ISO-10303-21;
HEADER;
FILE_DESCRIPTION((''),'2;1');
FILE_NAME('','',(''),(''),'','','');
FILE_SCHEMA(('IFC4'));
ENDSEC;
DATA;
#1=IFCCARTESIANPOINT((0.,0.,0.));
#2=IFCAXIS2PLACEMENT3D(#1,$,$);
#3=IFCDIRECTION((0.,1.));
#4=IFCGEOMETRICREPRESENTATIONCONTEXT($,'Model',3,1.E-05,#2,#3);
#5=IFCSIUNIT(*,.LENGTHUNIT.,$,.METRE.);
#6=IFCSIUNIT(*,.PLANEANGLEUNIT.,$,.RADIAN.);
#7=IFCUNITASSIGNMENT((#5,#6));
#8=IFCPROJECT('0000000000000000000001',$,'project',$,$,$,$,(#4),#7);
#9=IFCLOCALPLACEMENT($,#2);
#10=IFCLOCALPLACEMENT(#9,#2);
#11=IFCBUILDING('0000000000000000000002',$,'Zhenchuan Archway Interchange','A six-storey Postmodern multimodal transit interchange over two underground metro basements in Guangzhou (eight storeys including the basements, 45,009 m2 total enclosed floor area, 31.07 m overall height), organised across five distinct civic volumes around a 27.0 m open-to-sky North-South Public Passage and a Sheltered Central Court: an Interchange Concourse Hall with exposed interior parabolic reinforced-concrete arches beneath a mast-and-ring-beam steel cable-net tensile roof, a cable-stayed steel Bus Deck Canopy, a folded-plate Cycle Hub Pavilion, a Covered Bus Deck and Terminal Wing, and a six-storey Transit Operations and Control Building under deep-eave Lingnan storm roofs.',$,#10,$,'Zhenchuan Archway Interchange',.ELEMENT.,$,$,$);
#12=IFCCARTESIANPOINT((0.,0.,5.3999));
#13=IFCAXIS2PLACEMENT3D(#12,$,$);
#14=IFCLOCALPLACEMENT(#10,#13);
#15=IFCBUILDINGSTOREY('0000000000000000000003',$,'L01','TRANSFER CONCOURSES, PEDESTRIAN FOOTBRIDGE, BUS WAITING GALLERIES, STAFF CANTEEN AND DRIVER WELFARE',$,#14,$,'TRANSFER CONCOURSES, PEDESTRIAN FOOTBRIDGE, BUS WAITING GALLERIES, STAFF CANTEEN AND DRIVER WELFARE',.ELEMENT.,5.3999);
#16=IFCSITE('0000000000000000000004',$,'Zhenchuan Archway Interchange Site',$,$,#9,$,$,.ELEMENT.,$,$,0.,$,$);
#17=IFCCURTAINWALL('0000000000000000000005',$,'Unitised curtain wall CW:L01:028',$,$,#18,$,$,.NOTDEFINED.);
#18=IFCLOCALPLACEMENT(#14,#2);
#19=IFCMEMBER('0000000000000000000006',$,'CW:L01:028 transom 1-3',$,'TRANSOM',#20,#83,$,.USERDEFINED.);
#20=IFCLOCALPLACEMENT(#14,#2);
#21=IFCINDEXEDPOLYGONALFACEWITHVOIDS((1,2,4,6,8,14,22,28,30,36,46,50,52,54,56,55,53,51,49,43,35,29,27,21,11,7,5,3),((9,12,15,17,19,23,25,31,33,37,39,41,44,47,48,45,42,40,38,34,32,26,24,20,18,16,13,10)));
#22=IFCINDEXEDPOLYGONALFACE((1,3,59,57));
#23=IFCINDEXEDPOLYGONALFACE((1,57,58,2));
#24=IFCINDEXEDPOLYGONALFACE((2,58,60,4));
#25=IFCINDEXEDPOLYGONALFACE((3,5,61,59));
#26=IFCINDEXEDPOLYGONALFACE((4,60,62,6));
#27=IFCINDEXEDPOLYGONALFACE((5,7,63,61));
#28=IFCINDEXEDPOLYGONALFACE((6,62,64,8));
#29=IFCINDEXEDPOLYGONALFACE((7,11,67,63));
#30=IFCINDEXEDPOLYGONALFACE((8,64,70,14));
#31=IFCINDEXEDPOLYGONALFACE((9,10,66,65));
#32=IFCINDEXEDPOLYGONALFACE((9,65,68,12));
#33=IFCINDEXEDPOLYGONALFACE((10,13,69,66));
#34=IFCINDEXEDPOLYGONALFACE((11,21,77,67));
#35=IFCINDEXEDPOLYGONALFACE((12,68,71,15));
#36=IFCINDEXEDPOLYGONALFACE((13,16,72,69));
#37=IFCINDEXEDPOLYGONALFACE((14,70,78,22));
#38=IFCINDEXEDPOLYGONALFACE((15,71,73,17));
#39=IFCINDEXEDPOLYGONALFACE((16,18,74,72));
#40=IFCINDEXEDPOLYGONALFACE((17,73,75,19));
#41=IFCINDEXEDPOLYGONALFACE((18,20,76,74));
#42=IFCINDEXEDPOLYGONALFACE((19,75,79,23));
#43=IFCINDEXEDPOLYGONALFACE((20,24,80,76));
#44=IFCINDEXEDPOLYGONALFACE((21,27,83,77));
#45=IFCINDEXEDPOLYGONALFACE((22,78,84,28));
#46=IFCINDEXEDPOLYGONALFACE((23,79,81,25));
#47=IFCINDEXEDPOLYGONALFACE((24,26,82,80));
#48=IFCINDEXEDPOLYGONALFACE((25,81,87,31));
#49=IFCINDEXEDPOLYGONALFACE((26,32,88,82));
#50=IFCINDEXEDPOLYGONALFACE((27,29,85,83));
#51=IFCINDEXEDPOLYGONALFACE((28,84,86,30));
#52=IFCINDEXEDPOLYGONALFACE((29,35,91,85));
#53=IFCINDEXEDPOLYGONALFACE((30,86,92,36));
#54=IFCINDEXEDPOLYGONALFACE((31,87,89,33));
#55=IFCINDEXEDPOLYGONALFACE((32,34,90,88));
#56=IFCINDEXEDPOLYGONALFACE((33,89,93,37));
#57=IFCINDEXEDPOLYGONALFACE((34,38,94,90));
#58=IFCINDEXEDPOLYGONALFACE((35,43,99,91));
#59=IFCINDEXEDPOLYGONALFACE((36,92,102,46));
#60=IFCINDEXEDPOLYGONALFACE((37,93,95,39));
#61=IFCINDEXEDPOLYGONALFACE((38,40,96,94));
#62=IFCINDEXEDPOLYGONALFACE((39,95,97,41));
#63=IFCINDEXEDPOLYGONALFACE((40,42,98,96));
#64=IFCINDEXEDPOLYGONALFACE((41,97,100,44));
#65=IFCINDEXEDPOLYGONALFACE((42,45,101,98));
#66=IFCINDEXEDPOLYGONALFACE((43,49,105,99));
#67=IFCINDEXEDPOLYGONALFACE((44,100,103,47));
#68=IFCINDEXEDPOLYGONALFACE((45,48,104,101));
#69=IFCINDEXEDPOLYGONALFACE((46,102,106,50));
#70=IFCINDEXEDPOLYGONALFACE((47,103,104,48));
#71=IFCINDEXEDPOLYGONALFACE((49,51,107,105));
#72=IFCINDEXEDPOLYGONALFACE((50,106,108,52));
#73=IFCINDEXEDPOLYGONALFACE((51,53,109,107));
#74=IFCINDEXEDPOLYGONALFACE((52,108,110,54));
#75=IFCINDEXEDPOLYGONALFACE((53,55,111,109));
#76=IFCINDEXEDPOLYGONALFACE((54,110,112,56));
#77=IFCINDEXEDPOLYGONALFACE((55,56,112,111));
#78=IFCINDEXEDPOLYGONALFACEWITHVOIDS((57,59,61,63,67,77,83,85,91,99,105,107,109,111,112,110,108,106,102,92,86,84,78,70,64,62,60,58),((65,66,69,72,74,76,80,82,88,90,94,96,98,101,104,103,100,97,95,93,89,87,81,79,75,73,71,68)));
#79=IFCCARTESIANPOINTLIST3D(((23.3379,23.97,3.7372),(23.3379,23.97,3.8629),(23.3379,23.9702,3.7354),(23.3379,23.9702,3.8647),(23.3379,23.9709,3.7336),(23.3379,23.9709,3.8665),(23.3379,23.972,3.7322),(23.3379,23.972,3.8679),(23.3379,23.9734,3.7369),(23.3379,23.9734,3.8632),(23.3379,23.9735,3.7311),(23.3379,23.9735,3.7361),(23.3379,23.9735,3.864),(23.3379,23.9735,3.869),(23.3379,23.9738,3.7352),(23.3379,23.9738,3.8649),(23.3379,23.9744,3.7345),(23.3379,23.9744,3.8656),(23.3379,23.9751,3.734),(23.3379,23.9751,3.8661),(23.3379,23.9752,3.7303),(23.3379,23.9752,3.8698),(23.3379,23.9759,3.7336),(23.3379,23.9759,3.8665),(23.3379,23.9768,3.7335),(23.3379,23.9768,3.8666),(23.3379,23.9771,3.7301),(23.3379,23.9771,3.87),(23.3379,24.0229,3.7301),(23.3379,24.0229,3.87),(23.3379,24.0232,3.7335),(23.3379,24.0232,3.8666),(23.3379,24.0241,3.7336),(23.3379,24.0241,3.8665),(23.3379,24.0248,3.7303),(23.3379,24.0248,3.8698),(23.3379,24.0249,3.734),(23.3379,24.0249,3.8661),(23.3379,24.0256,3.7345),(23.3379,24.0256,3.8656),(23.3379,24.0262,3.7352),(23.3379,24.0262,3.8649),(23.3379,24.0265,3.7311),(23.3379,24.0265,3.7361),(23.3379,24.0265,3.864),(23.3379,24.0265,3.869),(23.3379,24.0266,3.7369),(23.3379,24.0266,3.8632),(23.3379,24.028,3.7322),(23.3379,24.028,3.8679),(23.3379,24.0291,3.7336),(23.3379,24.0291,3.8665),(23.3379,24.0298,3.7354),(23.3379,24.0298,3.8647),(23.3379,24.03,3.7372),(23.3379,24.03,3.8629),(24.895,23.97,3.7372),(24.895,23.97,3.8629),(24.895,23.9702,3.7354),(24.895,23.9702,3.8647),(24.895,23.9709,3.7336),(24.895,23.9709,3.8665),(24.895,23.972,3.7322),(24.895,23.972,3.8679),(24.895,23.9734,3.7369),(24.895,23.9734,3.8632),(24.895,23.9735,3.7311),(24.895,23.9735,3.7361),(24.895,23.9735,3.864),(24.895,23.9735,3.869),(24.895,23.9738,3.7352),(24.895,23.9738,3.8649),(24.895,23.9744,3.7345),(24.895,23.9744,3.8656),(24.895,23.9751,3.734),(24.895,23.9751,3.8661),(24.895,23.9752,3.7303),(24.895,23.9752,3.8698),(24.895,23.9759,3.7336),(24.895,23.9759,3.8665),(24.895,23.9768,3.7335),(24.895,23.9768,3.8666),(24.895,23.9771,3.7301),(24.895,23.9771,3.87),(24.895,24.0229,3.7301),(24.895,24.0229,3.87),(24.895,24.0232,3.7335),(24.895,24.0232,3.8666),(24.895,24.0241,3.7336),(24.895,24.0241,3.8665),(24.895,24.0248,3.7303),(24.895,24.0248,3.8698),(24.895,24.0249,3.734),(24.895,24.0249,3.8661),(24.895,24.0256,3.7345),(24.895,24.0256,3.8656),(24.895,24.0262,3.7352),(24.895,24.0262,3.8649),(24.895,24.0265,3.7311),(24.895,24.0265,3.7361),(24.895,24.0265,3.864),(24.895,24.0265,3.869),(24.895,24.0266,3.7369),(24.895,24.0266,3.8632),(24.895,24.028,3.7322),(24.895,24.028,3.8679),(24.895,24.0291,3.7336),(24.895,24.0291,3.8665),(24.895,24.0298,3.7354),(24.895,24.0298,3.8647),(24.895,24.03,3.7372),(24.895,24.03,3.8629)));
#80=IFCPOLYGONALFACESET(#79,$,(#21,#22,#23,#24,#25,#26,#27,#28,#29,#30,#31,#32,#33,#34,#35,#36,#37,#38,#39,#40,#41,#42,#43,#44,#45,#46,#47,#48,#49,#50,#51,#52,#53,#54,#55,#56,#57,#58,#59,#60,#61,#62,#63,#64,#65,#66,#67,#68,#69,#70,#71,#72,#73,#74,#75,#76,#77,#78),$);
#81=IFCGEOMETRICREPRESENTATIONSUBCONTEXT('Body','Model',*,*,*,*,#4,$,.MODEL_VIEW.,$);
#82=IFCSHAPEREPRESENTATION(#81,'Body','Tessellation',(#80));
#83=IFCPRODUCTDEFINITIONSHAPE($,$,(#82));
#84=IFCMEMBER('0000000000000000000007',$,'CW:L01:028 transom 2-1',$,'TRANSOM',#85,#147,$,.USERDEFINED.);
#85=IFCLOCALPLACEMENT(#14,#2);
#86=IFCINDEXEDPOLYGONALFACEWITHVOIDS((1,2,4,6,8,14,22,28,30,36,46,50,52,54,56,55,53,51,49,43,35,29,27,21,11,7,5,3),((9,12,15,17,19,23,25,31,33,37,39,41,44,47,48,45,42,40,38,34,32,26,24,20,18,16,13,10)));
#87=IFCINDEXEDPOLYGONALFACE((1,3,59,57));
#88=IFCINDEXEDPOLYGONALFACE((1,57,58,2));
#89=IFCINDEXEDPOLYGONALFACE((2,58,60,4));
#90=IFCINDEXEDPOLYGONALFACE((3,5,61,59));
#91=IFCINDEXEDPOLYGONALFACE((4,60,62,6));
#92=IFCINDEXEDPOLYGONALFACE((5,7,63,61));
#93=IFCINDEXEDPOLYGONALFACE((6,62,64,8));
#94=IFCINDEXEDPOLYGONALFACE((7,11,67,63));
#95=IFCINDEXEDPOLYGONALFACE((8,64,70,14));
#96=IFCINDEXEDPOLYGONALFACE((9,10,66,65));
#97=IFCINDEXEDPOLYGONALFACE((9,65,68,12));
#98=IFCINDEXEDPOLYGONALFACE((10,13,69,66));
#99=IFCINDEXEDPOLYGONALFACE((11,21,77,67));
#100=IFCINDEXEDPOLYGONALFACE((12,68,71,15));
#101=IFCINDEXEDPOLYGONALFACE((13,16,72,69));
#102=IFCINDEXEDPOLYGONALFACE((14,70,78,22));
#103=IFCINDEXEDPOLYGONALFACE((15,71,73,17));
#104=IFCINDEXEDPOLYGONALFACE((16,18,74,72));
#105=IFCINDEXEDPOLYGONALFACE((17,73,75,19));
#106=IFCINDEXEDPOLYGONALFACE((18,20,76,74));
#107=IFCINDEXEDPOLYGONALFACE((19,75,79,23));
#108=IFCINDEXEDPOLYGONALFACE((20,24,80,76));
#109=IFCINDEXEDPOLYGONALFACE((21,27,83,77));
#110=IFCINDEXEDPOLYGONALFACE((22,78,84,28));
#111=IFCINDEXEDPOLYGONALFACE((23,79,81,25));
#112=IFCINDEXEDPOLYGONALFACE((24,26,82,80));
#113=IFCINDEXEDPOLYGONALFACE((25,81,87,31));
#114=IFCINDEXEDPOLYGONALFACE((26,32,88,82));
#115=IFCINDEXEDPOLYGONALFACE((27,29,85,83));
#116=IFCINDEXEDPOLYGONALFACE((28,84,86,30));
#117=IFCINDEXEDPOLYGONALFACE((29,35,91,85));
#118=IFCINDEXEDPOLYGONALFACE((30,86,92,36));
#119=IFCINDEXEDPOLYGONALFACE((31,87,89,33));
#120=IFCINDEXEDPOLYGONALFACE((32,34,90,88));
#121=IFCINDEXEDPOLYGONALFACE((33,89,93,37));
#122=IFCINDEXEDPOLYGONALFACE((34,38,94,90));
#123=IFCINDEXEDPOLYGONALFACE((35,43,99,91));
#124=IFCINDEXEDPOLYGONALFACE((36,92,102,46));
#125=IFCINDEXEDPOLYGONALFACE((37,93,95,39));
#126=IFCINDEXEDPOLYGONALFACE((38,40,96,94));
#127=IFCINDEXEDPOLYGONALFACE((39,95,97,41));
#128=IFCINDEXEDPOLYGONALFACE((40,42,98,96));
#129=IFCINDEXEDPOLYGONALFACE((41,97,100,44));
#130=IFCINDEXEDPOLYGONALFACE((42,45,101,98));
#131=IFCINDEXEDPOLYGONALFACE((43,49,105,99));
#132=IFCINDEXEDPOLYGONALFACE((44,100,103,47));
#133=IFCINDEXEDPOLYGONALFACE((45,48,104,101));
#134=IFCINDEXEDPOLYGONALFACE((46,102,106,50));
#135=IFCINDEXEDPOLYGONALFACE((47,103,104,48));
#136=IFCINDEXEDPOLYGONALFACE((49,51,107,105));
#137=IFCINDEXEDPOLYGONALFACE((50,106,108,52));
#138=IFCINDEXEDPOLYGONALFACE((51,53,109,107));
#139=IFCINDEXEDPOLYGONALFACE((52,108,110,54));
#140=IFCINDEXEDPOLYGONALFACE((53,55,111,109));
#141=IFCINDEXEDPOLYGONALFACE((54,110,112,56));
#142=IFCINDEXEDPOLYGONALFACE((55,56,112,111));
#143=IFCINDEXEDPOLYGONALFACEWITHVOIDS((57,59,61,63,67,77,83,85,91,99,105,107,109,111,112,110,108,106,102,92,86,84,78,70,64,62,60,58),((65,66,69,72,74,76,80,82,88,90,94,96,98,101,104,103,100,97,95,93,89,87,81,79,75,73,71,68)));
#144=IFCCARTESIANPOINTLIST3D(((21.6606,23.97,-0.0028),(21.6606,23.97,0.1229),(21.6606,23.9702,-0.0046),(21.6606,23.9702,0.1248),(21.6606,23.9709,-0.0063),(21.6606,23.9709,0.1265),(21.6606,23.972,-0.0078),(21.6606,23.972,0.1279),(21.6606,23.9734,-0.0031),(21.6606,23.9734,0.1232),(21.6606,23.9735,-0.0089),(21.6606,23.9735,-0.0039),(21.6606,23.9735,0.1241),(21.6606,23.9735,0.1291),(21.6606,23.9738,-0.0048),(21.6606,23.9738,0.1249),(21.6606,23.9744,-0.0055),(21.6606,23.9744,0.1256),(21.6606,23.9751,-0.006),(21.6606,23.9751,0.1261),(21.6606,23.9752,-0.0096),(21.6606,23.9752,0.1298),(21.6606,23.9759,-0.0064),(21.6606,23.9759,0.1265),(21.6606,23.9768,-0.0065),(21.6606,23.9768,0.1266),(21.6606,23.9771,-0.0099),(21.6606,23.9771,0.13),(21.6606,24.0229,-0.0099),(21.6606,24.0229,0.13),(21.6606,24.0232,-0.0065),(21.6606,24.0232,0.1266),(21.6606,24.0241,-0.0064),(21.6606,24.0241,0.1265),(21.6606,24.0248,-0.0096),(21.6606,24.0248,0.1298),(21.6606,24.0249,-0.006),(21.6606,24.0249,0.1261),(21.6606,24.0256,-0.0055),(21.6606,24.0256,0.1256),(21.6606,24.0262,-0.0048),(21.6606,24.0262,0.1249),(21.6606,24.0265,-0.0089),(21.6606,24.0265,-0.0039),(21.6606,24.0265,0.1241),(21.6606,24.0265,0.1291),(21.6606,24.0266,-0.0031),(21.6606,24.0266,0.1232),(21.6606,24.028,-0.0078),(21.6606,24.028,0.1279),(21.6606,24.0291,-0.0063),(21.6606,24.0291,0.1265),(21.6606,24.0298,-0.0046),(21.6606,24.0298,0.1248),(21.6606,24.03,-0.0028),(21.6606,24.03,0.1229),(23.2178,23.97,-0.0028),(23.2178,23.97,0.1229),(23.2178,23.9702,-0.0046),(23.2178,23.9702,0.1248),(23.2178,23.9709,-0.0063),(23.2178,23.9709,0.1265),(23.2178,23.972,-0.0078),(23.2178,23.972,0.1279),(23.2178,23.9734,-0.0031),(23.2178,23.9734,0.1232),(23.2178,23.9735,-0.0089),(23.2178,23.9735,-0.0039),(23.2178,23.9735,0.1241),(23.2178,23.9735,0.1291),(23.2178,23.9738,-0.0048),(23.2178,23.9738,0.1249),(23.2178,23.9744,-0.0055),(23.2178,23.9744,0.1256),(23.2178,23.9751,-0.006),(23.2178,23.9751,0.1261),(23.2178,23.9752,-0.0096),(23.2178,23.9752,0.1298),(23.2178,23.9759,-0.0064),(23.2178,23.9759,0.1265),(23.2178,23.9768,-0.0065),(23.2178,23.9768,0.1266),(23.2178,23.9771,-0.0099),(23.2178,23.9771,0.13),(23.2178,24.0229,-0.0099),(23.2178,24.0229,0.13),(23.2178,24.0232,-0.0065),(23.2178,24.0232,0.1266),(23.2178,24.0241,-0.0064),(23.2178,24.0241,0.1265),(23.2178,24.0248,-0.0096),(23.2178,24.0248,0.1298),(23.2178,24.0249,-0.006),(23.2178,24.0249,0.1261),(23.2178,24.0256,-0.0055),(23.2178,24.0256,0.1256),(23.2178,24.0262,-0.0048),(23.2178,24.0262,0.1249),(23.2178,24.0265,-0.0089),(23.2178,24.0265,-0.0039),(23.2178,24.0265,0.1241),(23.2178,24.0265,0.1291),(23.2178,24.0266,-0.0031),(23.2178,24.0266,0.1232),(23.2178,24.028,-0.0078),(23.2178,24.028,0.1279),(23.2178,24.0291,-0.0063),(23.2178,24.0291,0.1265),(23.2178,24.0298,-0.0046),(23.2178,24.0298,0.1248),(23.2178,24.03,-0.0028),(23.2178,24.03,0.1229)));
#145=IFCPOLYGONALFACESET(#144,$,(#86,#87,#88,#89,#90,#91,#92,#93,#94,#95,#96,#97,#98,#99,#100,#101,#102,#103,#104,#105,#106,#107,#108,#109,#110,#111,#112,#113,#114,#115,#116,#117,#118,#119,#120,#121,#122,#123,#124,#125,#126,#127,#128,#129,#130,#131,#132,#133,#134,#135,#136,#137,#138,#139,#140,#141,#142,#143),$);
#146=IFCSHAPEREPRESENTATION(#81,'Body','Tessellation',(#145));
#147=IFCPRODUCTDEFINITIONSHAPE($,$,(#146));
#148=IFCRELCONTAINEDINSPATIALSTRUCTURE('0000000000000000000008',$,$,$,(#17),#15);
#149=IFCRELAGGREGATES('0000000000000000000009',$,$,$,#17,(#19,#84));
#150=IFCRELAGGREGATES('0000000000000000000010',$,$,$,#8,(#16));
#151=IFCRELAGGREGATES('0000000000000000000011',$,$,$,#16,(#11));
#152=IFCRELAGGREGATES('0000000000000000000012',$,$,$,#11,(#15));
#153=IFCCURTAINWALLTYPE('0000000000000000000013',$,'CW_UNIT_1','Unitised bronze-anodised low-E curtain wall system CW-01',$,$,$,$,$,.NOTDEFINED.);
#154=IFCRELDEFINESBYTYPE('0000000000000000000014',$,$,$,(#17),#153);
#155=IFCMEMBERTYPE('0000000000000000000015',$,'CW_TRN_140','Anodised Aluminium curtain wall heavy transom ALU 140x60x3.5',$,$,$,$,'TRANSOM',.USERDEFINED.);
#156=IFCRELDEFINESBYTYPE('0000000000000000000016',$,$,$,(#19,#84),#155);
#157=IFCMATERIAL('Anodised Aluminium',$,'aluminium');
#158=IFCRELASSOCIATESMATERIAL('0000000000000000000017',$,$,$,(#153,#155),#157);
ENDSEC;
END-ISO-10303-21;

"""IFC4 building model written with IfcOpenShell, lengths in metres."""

from ifc_helpers import new_model, si_unit, direction, frame, origin, origin_2d, place, context, subcontext, project, spatial, hollow_rectangle, extrude, material, material_profile, profile_set, type_object, element, aggregate, save


model = new_model("IFC4")

# Units and contexts
model_context = context("Model", 3, precision=1e-05, world=origin(), true_north=direction((0.0, 1.0)))
body_context = subcontext(model_context, "Body", "Model", "MODEL_VIEW")
ifc_project = project(units=[si_unit("LENGTHUNIT", "METRE"), si_unit("PLANEANGLEUNIT", "RADIAN")], contexts=[model_context])

# Site, building, storey
site_placement = place(None, origin())
site = spatial("IfcSite", under=ifc_project, at=site_placement, Name="Zhenchuan Archway Interchange Site", CompositionType="ELEMENT", RefElevation=0.0)
building_placement = place(site_placement, origin())
building = spatial("IfcBuilding", under=site, at=building_placement, Name="Zhenchuan Archway Interchange", Description="A six-storey Postmodern multimodal transit interchange over two underground metro basements in Guangzhou (eight storeys including the basements, 45,009 m2 total enclosed floor area, 31.07 m overall height), organised across five distinct civic volumes around a 27.0 m open-to-sky North-South Public Passage and a Sheltered Central Court: an Interchange Concourse Hall with exposed interior parabolic reinforced-concrete arches beneath a mast-and-ring-beam steel cable-net tensile roof, a cable-stayed steel Bus Deck Canopy, a folded-plate Cycle Hub Pavilion, a Covered Bus Deck and Terminal Wing, and a six-storey Transit Operations and Control Building under deep-eave Lingnan storm roofs.", LongName="Zhenchuan Archway Interchange", CompositionType="ELEMENT")
storey_placement = place(building_placement, frame((0.0, 0.0, 5.3999)))
storey = spatial("IfcBuildingStorey", under=building, at=storey_placement, Name="L01", Description="TRANSFER CONCOURSES, PEDESTRIAN FOOTBRIDGE, BUS WAITING GALLERIES, STAFF CANTEEN AND DRIVER WELFARE", LongName="TRANSFER CONCOURSES, PEDESTRIAN FOOTBRIDGE, BUS WAITING GALLERIES, STAFF CANTEEN AND DRIVER WELFARE", CompositionType="ELEMENT", Elevation=5.3999)

# Shared definitions
ifc_material_1 = material(Name="Anodised Aluminium", Category="aluminium")

# Curtain wall
curtain_wall_type_1 = type_object("IfcCurtainWallType", Name="CW_UNIT_1", Description="Unitised bronze-anodised low-E curtain wall system CW-01", PredefinedType="NOTDEFINED", material=ifc_material_1)
curtain_wall_1_placement = place(storey_placement, origin())
curtain_wall_1 = element("IfcCurtainWall", 1, at=curtain_wall_1_placement, inside=storey, type_object=curtain_wall_type_1, Name="Unitised curtain wall CW:L01:028", PredefinedType="NOTDEFINED")

# Members
ifc_material_profile_1 = material_profile(ifc_material_1, hollow_rectangle(XDim=0.0601, YDim=0.1399, WallThickness=0.0034, InnerFilletRadius=0.0034, OuterFilletRadius=0.0071, at=origin_2d()), Name="ALU 140x60x3.5")
ifc_profile_set_1 = profile_set([ifc_material_profile_1], Name="Anodised Aluminium")
member_type_1 = type_object("IfcMemberType", Name="CW_TRN_140", Description="Anodised Aluminium curtain wall heavy transom ALU 140x60x3.5", ElementType="TRANSOM", PredefinedType="USERDEFINED", material=ifc_profile_set_1)
member_1_placement = place(storey_placement, frame((24.895, 24.0, 3.8), z_axis=(-1.0, 0.0, 0.0), x_axis=(0.0, -1.0, 0.0)))
member_1 = element("IfcMember", 2, at=member_1_placement, type_object=member_type_1, Name="CW:L01:028 transom 1-3", ObjectType="TRANSOM", PredefinedType="USERDEFINED", context=body_context, shape_type="SweptSolid", body=[
    extrude(hollow_rectangle(XDim=0.0601, YDim=0.1399, WallThickness=0.0034, InnerFilletRadius=0.0034, OuterFilletRadius=0.0071, at=origin_2d()), origin(), (0.0, 0.0, 1.0), 1.5571),
])
member_2_placement = place(storey_placement, frame((23.2178, 24.0, 0.0601), z_axis=(-1.0, 0.0, 0.0), x_axis=(0.0, -1.0, 0.0)))
member_2 = element("IfcMember", 3, at=member_2_placement, type_object=member_type_1, Name="CW:L01:028 transom 2-1", ObjectType="TRANSOM", PredefinedType="USERDEFINED", context=body_context, shape_type="SweptSolid", body=[
    extrude(hollow_rectangle(XDim=0.0601, YDim=0.1399, WallThickness=0.0034, InnerFilletRadius=0.0034, OuterFilletRadius=0.0071, at=origin_2d()), origin(), (0.0, 0.0, 1.0), 1.5571),
])

aggregate(curtain_wall_1, [member_1, member_2])

save(model, "model.ifc")
